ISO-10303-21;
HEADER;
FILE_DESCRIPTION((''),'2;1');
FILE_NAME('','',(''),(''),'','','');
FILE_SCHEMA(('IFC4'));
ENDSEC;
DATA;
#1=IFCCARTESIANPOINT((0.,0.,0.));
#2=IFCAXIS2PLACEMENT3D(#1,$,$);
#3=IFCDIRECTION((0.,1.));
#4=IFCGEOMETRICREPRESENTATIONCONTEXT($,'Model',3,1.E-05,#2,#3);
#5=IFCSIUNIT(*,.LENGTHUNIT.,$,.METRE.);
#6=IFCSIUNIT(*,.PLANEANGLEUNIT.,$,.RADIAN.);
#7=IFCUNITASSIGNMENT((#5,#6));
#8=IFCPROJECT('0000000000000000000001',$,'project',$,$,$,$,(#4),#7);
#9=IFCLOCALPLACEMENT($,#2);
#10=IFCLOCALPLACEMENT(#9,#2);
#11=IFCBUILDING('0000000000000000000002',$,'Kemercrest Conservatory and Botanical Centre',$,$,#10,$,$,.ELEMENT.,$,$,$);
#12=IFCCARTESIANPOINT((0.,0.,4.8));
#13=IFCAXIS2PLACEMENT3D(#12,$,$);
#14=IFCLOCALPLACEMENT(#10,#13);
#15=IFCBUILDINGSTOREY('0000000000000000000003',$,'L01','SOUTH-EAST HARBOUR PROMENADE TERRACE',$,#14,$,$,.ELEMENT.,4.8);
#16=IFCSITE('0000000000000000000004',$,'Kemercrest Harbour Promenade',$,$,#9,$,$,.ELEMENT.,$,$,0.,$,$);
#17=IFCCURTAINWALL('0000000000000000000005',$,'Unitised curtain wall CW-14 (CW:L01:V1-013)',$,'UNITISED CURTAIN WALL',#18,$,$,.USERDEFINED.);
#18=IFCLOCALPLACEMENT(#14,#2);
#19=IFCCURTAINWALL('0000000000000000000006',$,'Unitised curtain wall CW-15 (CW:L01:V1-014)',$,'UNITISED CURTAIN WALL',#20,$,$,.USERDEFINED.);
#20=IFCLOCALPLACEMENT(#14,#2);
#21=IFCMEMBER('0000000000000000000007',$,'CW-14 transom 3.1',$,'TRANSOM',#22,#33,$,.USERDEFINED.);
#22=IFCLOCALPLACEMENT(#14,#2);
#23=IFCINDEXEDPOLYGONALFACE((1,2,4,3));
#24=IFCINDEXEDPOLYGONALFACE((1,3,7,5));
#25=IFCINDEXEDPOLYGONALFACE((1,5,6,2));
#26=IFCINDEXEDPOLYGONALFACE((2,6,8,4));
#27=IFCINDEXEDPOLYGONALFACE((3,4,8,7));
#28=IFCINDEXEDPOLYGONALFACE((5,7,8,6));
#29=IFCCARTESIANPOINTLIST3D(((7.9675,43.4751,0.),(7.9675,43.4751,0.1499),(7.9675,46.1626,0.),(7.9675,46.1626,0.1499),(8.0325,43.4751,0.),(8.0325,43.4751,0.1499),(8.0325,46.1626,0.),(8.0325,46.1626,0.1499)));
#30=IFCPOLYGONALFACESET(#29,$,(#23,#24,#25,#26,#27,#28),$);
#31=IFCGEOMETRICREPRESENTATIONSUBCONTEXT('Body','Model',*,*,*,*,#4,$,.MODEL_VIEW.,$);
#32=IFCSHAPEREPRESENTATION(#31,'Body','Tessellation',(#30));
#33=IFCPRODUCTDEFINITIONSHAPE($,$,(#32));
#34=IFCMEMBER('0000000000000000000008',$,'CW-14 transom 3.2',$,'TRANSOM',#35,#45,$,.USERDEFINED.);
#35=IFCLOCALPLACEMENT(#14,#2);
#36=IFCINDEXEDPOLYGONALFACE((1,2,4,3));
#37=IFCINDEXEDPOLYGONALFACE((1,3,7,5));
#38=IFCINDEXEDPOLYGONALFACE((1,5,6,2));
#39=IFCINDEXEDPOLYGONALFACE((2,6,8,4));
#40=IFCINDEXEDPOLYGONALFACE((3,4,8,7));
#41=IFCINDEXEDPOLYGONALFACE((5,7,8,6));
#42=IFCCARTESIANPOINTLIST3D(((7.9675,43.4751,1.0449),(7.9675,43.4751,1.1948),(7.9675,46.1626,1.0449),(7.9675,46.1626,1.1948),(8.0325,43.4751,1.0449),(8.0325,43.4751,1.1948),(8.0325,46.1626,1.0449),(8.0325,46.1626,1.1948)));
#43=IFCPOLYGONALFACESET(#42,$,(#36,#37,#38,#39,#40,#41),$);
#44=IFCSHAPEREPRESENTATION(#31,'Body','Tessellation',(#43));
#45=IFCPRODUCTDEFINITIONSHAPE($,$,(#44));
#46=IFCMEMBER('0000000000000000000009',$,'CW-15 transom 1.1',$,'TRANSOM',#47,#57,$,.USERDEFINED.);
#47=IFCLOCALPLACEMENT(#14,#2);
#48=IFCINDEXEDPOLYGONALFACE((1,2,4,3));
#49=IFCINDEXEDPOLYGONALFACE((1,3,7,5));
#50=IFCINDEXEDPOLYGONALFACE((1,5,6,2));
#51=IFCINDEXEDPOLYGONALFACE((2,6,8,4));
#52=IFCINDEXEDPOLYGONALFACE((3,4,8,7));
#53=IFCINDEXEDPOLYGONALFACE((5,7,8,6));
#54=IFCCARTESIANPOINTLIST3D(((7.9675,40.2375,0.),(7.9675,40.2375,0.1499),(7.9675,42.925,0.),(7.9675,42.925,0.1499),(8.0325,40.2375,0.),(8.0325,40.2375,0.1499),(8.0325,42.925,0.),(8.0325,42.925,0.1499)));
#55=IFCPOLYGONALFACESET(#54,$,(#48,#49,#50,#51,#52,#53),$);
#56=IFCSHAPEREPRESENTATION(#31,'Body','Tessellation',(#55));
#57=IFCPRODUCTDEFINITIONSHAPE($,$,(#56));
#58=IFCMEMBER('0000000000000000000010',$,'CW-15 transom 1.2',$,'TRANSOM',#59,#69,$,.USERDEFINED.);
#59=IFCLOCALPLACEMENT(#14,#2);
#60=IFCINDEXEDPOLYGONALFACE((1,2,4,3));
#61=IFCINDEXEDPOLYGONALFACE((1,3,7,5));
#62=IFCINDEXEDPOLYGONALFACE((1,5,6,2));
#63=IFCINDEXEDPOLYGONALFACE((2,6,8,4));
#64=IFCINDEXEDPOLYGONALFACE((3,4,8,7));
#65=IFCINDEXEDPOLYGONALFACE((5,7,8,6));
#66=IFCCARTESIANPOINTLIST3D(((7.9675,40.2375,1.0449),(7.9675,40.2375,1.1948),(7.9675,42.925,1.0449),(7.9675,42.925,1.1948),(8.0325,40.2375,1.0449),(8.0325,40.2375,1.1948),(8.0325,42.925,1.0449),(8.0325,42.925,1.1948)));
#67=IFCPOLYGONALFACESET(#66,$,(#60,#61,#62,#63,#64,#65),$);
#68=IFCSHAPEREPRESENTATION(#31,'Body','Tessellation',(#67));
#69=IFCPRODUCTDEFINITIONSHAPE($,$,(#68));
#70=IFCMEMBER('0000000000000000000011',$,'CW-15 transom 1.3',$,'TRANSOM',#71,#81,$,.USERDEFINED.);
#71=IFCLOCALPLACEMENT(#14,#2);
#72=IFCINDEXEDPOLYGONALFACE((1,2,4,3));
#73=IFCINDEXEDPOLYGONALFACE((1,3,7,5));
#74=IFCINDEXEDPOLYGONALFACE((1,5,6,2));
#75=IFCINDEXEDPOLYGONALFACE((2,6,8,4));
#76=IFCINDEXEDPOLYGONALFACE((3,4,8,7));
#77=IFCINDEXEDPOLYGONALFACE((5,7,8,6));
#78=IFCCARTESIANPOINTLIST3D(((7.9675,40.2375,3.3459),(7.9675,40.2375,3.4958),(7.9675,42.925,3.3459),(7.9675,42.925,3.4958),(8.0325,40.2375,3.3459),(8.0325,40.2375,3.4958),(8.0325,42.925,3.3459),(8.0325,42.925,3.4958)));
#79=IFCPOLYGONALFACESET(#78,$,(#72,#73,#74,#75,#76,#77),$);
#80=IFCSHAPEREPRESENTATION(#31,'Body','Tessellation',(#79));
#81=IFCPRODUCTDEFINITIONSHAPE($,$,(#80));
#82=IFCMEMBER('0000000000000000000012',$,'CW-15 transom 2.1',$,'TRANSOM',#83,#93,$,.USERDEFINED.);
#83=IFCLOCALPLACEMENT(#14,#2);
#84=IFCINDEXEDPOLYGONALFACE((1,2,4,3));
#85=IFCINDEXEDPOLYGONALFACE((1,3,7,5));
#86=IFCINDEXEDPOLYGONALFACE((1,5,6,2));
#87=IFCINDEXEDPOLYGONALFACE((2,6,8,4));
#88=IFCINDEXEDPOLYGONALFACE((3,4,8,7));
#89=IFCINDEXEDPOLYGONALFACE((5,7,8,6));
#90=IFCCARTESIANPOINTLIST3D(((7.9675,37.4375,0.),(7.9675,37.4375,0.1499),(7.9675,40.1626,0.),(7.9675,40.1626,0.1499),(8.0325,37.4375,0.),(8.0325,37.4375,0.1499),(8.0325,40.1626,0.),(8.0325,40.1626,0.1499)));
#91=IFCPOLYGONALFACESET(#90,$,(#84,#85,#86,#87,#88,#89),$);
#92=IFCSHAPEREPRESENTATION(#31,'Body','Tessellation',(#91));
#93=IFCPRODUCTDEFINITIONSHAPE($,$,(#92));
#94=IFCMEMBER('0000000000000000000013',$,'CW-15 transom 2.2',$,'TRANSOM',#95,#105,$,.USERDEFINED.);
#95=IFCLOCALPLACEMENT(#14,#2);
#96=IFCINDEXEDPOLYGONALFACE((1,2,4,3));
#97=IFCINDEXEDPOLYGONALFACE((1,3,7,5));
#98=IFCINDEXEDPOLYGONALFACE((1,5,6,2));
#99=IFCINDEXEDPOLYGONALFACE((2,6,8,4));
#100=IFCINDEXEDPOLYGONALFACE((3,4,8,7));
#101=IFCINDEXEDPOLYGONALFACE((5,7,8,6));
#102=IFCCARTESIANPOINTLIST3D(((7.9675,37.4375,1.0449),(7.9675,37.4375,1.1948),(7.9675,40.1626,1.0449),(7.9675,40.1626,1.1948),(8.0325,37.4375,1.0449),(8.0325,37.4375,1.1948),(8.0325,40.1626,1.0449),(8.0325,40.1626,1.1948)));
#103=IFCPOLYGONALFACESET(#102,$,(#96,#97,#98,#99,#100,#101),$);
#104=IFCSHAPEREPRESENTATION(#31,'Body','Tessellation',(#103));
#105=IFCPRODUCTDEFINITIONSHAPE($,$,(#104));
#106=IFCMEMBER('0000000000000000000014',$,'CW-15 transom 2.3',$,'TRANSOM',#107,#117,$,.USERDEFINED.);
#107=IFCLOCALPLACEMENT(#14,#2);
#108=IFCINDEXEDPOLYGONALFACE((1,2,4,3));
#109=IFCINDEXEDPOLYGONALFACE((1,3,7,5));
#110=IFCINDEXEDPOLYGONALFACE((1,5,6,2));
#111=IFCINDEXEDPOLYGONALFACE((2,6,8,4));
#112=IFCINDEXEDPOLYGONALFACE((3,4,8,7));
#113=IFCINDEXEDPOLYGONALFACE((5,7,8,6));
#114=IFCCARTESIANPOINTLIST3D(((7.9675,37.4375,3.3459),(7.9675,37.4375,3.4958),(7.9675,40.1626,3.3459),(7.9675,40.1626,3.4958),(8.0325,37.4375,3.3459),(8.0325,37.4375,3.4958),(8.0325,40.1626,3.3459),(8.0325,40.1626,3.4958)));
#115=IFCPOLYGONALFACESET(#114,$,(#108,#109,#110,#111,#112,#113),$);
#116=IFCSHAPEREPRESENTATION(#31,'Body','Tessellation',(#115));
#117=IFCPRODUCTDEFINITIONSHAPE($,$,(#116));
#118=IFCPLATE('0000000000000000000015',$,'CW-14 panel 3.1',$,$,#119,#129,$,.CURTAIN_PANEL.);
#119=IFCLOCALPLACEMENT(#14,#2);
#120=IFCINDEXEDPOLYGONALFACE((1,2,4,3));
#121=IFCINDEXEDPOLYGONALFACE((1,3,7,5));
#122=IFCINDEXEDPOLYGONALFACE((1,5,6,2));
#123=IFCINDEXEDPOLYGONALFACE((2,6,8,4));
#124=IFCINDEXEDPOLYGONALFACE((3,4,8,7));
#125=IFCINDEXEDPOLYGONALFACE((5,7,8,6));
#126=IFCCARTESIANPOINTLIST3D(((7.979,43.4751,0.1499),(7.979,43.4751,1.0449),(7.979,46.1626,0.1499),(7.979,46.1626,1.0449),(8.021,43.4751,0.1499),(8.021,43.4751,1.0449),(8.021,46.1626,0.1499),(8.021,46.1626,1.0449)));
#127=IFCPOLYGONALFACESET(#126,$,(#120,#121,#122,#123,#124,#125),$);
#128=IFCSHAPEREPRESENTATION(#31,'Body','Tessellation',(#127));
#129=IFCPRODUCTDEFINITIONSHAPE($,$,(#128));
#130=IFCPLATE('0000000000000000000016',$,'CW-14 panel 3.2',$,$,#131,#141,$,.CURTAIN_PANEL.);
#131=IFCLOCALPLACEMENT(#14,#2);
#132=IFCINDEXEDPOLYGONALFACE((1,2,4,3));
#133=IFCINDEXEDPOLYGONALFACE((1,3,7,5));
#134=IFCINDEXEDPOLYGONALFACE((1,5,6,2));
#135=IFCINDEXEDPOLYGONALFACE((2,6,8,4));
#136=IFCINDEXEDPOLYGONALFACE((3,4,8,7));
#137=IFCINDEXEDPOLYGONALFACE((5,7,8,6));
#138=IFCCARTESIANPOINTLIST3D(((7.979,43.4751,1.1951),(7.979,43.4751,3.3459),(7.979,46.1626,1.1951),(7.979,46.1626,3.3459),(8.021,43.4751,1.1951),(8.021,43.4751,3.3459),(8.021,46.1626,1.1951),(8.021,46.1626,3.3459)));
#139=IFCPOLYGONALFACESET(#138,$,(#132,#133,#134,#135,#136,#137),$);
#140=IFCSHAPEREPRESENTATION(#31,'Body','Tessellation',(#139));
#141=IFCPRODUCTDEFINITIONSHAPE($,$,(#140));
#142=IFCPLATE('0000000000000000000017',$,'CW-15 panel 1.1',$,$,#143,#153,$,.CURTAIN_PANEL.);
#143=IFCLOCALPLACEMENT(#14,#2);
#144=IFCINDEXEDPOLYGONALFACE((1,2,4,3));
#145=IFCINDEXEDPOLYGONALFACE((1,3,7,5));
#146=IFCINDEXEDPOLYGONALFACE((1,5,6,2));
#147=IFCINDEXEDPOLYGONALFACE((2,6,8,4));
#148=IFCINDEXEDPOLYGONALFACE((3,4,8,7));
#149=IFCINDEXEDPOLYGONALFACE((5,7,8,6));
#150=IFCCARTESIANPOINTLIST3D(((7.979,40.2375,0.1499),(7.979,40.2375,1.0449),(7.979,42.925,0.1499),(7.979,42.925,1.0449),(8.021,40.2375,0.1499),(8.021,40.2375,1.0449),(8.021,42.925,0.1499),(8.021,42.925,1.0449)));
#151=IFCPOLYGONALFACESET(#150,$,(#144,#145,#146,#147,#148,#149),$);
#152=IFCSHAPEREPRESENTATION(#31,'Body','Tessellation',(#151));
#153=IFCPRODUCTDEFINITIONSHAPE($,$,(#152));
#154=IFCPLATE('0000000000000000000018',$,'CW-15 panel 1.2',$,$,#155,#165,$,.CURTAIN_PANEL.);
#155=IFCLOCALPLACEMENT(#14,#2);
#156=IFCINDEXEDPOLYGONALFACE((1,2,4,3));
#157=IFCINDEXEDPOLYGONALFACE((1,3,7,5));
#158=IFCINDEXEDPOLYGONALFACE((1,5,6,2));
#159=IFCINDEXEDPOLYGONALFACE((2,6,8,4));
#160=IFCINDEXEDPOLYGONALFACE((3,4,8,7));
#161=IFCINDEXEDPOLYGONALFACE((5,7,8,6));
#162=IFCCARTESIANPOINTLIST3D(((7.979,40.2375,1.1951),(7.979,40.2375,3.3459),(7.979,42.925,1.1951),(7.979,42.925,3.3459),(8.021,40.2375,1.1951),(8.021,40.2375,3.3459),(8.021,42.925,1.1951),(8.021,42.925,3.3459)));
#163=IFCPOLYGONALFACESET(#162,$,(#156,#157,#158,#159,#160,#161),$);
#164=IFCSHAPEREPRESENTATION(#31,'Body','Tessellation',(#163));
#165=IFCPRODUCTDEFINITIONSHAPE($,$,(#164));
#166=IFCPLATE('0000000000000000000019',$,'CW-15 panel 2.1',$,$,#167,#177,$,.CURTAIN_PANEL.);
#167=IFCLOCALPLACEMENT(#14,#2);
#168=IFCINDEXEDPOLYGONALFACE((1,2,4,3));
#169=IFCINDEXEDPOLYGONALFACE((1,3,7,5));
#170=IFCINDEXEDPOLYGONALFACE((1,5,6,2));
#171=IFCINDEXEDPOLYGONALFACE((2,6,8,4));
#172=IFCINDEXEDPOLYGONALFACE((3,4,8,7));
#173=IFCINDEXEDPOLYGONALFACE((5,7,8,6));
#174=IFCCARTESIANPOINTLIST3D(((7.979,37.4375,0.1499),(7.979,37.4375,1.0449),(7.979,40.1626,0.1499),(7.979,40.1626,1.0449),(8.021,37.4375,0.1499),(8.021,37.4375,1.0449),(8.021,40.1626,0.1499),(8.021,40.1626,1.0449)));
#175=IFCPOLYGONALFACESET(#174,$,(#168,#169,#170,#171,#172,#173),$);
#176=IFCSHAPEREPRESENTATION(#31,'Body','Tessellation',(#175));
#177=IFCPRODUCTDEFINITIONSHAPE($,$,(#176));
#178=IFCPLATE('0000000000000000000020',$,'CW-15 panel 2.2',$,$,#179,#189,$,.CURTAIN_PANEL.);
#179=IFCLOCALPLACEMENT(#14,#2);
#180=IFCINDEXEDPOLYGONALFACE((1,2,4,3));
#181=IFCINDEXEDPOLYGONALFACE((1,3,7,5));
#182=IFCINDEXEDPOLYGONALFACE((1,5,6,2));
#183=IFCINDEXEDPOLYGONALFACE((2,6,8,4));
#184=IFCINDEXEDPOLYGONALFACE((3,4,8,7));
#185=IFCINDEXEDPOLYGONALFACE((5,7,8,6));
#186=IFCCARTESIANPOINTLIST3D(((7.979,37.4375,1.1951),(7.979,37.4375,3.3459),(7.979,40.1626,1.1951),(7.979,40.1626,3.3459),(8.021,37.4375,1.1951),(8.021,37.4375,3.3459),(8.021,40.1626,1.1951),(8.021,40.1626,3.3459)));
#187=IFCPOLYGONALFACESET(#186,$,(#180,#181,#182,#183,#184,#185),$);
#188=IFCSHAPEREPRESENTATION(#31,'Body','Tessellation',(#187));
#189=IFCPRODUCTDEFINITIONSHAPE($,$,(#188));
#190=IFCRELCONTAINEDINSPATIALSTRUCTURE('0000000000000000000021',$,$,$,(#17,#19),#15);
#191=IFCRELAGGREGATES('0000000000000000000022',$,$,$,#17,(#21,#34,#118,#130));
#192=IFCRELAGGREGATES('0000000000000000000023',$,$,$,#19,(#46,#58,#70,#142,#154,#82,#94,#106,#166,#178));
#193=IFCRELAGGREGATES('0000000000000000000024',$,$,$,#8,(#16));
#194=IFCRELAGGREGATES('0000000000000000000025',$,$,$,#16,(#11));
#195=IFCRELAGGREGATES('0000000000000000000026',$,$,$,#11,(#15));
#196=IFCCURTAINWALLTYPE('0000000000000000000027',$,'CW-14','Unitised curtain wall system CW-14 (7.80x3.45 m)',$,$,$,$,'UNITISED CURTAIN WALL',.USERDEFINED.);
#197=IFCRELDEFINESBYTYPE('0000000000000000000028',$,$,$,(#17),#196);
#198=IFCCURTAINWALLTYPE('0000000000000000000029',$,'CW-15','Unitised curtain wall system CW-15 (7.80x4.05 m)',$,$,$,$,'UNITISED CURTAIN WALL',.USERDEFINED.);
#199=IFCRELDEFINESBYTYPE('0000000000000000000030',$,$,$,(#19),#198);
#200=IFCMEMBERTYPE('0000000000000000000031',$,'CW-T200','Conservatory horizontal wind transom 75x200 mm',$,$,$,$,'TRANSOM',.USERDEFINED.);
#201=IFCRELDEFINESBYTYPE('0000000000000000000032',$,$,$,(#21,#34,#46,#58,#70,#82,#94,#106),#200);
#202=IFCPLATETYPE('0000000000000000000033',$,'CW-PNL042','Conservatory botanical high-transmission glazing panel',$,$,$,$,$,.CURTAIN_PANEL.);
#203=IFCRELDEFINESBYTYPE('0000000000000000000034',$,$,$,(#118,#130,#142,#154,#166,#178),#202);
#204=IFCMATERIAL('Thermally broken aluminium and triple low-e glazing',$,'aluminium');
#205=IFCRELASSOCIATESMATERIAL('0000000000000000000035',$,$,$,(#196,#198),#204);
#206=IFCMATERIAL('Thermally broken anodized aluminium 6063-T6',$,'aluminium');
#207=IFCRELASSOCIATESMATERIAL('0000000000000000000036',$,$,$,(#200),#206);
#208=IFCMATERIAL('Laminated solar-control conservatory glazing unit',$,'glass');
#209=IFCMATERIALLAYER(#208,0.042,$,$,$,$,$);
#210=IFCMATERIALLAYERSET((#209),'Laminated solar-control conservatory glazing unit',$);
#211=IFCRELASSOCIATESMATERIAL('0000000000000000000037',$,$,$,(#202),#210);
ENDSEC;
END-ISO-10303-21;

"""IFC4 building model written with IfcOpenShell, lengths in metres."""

from ifc_helpers import new_model, si_unit, direction, frame, origin, origin_2d, place, context, subcontext, project, spatial, rectangle, extrude, material, layer, layer_set, material_profile, profile_set, type_object, element, aggregate, save


model = new_model("IFC4")

# Units and contexts
model_context = context("Model", 3, precision=1e-05, world=origin(), true_north=direction((0.0, 1.0)))
body_context = subcontext(model_context, "Body", "Model", "MODEL_VIEW")
ifc_project = project(units=[si_unit("LENGTHUNIT", "METRE"), si_unit("PLANEANGLEUNIT", "RADIAN")], contexts=[model_context])

# Site, building, storey
site_placement = place(None, origin())
site = spatial("IfcSite", under=ifc_project, at=site_placement, Name="Kemercrest Harbour Promenade", CompositionType="ELEMENT", RefElevation=0.0)
building_placement = place(site_placement, origin())
building = spatial("IfcBuilding", under=site, at=building_placement, Name="Kemercrest Conservatory and Botanical Centre", CompositionType="ELEMENT")
storey_placement = place(building_placement, frame((0.0, 0.0, 4.8)))
storey = spatial("IfcBuildingStorey", under=building, at=storey_placement, Name="L01", Description="SOUTH-EAST HARBOUR PROMENADE TERRACE", CompositionType="ELEMENT", Elevation=4.8)

# Curtain wall
ifc_material_1 = material(Name="Thermally broken aluminium and triple low-e glazing", Category="aluminium")
curtain_wall_type_1 = type_object("IfcCurtainWallType", Name="CW-14", Description="Unitised curtain wall system CW-14 (7.80x3.45 m)", ElementType="UNITISED CURTAIN WALL", PredefinedType="USERDEFINED", material=ifc_material_1)
curtain_wall_1_placement = place(storey_placement, origin())
curtain_wall_1 = element("IfcCurtainWall", 1, at=curtain_wall_1_placement, inside=storey, type_object=curtain_wall_type_1, Name="Unitised curtain wall CW-14 (CW:L01:V1-013)", ObjectType="UNITISED CURTAIN WALL", PredefinedType="USERDEFINED")
ifc_material_2 = material(Name="Thermally broken anodized aluminium 6063-T6", Category="aluminium")

# Curtain wall
curtain_wall_type_2 = type_object("IfcCurtainWallType", Name="CW-15", Description="Unitised curtain wall system CW-15 (7.80x4.05 m)", ElementType="UNITISED CURTAIN WALL", PredefinedType="USERDEFINED", material=ifc_material_1)
curtain_wall_2_placement = place(storey_placement, origin())
curtain_wall_2 = element("IfcCurtainWall", 2, at=curtain_wall_2_placement, inside=storey, type_object=curtain_wall_type_2, Name="Unitised curtain wall CW-15 (CW:L01:V1-014)", ObjectType="UNITISED CURTAIN WALL", PredefinedType="USERDEFINED")

# Members
ifc_material_profile_1 = material_profile(ifc_material_2, rectangle(XDim=0.0649, YDim=0.1499, at=origin_2d()), Name="AL TRANSOM 65x150")
ifc_profile_set_1 = profile_set([ifc_material_profile_1], Name="Thermally broken anodized aluminium 6063-T6")
member_type_1 = type_object("IfcMemberType", Name="CW-T200", Description="Conservatory horizontal wind transom 75x200 mm", ElementType="TRANSOM", PredefinedType="USERDEFINED", material=ifc_profile_set_1)
member_1_placement = place(storey_placement, frame((8.0, 46.1626, 0.075), z_axis=(0.0, -1.0, 0.0), x_axis=(1.0, 0.0, 0.0)))
member_1 = element("IfcMember", 3, at=member_1_placement, type_object=member_type_1, Name="CW-14 transom 3.1", ObjectType="TRANSOM", PredefinedType="USERDEFINED", context=body_context, shape_type="SweptSolid", body=[
    extrude(rectangle(XDim=0.0649, YDim=0.1499, at=origin_2d()), origin(), (0.0, 0.0, 1.0), 2.6875),
])
member_2_placement = place(storey_placement, frame((8.0, 46.1626, 1.1199), z_axis=(0.0, -1.0, 0.0), x_axis=(1.0, 0.0, 0.0)))
member_2 = element("IfcMember", 4, at=member_2_placement, type_object=member_type_1, Name="CW-14 transom 3.2", ObjectType="TRANSOM", PredefinedType="USERDEFINED", context=body_context, shape_type="SweptSolid", body=[
    extrude(rectangle(XDim=0.0649, YDim=0.1499, at=origin_2d()), origin(), (0.0, 0.0, 1.0), 2.6875),
])
member_3_placement = place(storey_placement, frame((8.0, 42.925, 0.075), z_axis=(0.0, -1.0, 0.0), x_axis=(1.0, 0.0, 0.0)))
member_3 = element("IfcMember", 5, at=member_3_placement, type_object=member_type_1, Name="CW-15 transom 1.1", ObjectType="TRANSOM", PredefinedType="USERDEFINED", context=body_context, shape_type="SweptSolid", body=[
    extrude(rectangle(XDim=0.0649, YDim=0.1499, at=origin_2d()), origin(), (0.0, 0.0, 1.0), 2.6875),
])
member_4_placement = place(storey_placement, frame((8.0, 42.925, 1.1199), z_axis=(0.0, -1.0, 0.0), x_axis=(1.0, 0.0, 0.0)))
member_4 = element("IfcMember", 6, at=member_4_placement, type_object=member_type_1, Name="CW-15 transom 1.2", ObjectType="TRANSOM", PredefinedType="USERDEFINED", context=body_context, shape_type="SweptSolid", body=[
    extrude(rectangle(XDim=0.0649, YDim=0.1499, at=origin_2d()), origin(), (0.0, 0.0, 1.0), 2.6875),
])
member_5_placement = place(storey_placement, frame((8.0, 42.925, 3.4209), z_axis=(0.0, -1.0, 0.0), x_axis=(1.0, 0.0, 0.0)))
member_5 = element("IfcMember", 7, at=member_5_placement, type_object=member_type_1, Name="CW-15 transom 1.3", ObjectType="TRANSOM", PredefinedType="USERDEFINED", context=body_context, shape_type="SweptSolid", body=[
    extrude(rectangle(XDim=0.0649, YDim=0.1499, at=origin_2d()), origin(), (0.0, 0.0, 1.0), 2.6875),
])
member_6_placement = place(storey_placement, frame((8.0, 40.1626, 0.075), z_axis=(0.0, -1.0, 0.0), x_axis=(1.0, 0.0, 0.0)))
member_6 = element("IfcMember", 8, at=member_6_placement, type_object=member_type_1, Name="CW-15 transom 2.1", ObjectType="TRANSOM", PredefinedType="USERDEFINED", context=body_context, shape_type="SweptSolid", body=[
    extrude(rectangle(XDim=0.0649, YDim=0.1499, at=origin_2d()), origin(), (0.0, 0.0, 1.0), 2.7251),
])
member_7_placement = place(storey_placement, frame((8.0, 40.1626, 1.1199), z_axis=(0.0, -1.0, 0.0), x_axis=(1.0, 0.0, 0.0)))
member_7 = element("IfcMember", 9, at=member_7_placement, type_object=member_type_1, Name="CW-15 transom 2.2", ObjectType="TRANSOM", PredefinedType="USERDEFINED", context=body_context, shape_type="SweptSolid", body=[
    extrude(rectangle(XDim=0.0649, YDim=0.1499, at=origin_2d()), origin(), (0.0, 0.0, 1.0), 2.7251),
])
member_8_placement = place(storey_placement, frame((8.0, 40.1626, 3.4209), z_axis=(0.0, -1.0, 0.0), x_axis=(1.0, 0.0, 0.0)))
member_8 = element("IfcMember", 10, at=member_8_placement, type_object=member_type_1, Name="CW-15 transom 2.3", ObjectType="TRANSOM", PredefinedType="USERDEFINED", context=body_context, shape_type="SweptSolid", body=[
    extrude(rectangle(XDim=0.0649, YDim=0.1499, at=origin_2d()), origin(), (0.0, 0.0, 1.0), 2.7251),
])

# Plates
ifc_material_3 = material(Name="Laminated solar-control conservatory glazing unit", Category="glass")
ifc_layer = layer(ifc_material_3, 0.042)
ifc_layer_set = layer_set([ifc_layer], Name="Laminated solar-control conservatory glazing unit")
plate_type = type_object("IfcPlateType", Name="CW-PNL042", Description="Conservatory botanical high-transmission glazing panel", PredefinedType="CURTAIN_PANEL", material=ifc_layer_set)
plate_1_placement = place(storey_placement, frame((8.0, 44.8188, 0.1499), z_axis=(0.0, 0.0, 1.0), x_axis=(0.0, -1.0, 0.0)))
plate_1 = element("IfcPlate", 11, at=plate_1_placement, type_object=plate_type, Name="CW-14 panel 3.1", PredefinedType="CURTAIN_PANEL", context=body_context, shape_type="SweptSolid", body=[
    extrude(rectangle(XDim=2.6875, YDim=0.042, at=origin_2d()), origin(), (0.0, 0.0, 1.0), 0.895),
])
plate_2_placement = place(storey_placement, frame((8.0, 44.8188, 1.1951), z_axis=(0.0, 0.0, 1.0), x_axis=(0.0, -1.0, 0.0)))
plate_2 = element("IfcPlate", 12, at=plate_2_placement, type_object=plate_type, Name="CW-14 panel 3.2", PredefinedType="CURTAIN_PANEL", context=body_context, shape_type="SweptSolid", body=[
    extrude(rectangle(XDim=2.6875, YDim=0.042, at=origin_2d()), origin(), (0.0, 0.0, 1.0), 2.1509),
])
aggregate(curtain_wall_1, [member_1, member_2, plate_1, plate_2])
plate_3_placement = place(storey_placement, frame((8.0, 41.5813, 0.1499), z_axis=(0.0, 0.0, 1.0), x_axis=(0.0, -1.0, 0.0)))
plate_3 = element("IfcPlate", 13, at=plate_3_placement, type_object=plate_type, Name="CW-15 panel 1.1", PredefinedType="CURTAIN_PANEL", context=body_context, shape_type="SweptSolid", body=[
    extrude(rectangle(XDim=2.6875, YDim=0.042, at=origin_2d()), origin(), (0.0, 0.0, 1.0), 0.895),
])
plate_4_placement = place(storey_placement, frame((8.0, 41.5813, 1.1951), z_axis=(0.0, 0.0, 1.0), x_axis=(0.0, -1.0, 0.0)))
plate_4 = element("IfcPlate", 14, at=plate_4_placement, type_object=plate_type, Name="CW-15 panel 1.2", PredefinedType="CURTAIN_PANEL", context=body_context, shape_type="SweptSolid", body=[
    extrude(rectangle(XDim=2.6875, YDim=0.042, at=origin_2d()), origin(), (0.0, 0.0, 1.0), 2.1509),
])
plate_5_placement = place(storey_placement, frame((8.0, 38.8, 0.1499), z_axis=(0.0, 0.0, 1.0), x_axis=(0.0, -1.0, 0.0)))
plate_5 = element("IfcPlate", 15, at=plate_5_placement, type_object=plate_type, Name="CW-15 panel 2.1", PredefinedType="CURTAIN_PANEL", context=body_context, shape_type="SweptSolid", body=[
    extrude(rectangle(XDim=2.7251, YDim=0.042, at=origin_2d()), origin(), (0.0, 0.0, 1.0), 0.895),
])
plate_6_placement = place(storey_placement, frame((8.0, 38.8, 1.1951), z_axis=(0.0, 0.0, 1.0), x_axis=(0.0, -1.0, 0.0)))
plate_6 = element("IfcPlate", 16, at=plate_6_placement, type_object=plate_type, Name="CW-15 panel 2.2", PredefinedType="CURTAIN_PANEL", context=body_context, shape_type="SweptSolid", body=[
    extrude(rectangle(XDim=2.7251, YDim=0.042, at=origin_2d()), origin(), (0.0, 0.0, 1.0), 2.1509),
])
aggregate(curtain_wall_2, [member_3, member_4, member_5, plate_3, plate_4, member_6, member_7, member_8, plate_5, plate_6])

save(model, "model.ifc")
